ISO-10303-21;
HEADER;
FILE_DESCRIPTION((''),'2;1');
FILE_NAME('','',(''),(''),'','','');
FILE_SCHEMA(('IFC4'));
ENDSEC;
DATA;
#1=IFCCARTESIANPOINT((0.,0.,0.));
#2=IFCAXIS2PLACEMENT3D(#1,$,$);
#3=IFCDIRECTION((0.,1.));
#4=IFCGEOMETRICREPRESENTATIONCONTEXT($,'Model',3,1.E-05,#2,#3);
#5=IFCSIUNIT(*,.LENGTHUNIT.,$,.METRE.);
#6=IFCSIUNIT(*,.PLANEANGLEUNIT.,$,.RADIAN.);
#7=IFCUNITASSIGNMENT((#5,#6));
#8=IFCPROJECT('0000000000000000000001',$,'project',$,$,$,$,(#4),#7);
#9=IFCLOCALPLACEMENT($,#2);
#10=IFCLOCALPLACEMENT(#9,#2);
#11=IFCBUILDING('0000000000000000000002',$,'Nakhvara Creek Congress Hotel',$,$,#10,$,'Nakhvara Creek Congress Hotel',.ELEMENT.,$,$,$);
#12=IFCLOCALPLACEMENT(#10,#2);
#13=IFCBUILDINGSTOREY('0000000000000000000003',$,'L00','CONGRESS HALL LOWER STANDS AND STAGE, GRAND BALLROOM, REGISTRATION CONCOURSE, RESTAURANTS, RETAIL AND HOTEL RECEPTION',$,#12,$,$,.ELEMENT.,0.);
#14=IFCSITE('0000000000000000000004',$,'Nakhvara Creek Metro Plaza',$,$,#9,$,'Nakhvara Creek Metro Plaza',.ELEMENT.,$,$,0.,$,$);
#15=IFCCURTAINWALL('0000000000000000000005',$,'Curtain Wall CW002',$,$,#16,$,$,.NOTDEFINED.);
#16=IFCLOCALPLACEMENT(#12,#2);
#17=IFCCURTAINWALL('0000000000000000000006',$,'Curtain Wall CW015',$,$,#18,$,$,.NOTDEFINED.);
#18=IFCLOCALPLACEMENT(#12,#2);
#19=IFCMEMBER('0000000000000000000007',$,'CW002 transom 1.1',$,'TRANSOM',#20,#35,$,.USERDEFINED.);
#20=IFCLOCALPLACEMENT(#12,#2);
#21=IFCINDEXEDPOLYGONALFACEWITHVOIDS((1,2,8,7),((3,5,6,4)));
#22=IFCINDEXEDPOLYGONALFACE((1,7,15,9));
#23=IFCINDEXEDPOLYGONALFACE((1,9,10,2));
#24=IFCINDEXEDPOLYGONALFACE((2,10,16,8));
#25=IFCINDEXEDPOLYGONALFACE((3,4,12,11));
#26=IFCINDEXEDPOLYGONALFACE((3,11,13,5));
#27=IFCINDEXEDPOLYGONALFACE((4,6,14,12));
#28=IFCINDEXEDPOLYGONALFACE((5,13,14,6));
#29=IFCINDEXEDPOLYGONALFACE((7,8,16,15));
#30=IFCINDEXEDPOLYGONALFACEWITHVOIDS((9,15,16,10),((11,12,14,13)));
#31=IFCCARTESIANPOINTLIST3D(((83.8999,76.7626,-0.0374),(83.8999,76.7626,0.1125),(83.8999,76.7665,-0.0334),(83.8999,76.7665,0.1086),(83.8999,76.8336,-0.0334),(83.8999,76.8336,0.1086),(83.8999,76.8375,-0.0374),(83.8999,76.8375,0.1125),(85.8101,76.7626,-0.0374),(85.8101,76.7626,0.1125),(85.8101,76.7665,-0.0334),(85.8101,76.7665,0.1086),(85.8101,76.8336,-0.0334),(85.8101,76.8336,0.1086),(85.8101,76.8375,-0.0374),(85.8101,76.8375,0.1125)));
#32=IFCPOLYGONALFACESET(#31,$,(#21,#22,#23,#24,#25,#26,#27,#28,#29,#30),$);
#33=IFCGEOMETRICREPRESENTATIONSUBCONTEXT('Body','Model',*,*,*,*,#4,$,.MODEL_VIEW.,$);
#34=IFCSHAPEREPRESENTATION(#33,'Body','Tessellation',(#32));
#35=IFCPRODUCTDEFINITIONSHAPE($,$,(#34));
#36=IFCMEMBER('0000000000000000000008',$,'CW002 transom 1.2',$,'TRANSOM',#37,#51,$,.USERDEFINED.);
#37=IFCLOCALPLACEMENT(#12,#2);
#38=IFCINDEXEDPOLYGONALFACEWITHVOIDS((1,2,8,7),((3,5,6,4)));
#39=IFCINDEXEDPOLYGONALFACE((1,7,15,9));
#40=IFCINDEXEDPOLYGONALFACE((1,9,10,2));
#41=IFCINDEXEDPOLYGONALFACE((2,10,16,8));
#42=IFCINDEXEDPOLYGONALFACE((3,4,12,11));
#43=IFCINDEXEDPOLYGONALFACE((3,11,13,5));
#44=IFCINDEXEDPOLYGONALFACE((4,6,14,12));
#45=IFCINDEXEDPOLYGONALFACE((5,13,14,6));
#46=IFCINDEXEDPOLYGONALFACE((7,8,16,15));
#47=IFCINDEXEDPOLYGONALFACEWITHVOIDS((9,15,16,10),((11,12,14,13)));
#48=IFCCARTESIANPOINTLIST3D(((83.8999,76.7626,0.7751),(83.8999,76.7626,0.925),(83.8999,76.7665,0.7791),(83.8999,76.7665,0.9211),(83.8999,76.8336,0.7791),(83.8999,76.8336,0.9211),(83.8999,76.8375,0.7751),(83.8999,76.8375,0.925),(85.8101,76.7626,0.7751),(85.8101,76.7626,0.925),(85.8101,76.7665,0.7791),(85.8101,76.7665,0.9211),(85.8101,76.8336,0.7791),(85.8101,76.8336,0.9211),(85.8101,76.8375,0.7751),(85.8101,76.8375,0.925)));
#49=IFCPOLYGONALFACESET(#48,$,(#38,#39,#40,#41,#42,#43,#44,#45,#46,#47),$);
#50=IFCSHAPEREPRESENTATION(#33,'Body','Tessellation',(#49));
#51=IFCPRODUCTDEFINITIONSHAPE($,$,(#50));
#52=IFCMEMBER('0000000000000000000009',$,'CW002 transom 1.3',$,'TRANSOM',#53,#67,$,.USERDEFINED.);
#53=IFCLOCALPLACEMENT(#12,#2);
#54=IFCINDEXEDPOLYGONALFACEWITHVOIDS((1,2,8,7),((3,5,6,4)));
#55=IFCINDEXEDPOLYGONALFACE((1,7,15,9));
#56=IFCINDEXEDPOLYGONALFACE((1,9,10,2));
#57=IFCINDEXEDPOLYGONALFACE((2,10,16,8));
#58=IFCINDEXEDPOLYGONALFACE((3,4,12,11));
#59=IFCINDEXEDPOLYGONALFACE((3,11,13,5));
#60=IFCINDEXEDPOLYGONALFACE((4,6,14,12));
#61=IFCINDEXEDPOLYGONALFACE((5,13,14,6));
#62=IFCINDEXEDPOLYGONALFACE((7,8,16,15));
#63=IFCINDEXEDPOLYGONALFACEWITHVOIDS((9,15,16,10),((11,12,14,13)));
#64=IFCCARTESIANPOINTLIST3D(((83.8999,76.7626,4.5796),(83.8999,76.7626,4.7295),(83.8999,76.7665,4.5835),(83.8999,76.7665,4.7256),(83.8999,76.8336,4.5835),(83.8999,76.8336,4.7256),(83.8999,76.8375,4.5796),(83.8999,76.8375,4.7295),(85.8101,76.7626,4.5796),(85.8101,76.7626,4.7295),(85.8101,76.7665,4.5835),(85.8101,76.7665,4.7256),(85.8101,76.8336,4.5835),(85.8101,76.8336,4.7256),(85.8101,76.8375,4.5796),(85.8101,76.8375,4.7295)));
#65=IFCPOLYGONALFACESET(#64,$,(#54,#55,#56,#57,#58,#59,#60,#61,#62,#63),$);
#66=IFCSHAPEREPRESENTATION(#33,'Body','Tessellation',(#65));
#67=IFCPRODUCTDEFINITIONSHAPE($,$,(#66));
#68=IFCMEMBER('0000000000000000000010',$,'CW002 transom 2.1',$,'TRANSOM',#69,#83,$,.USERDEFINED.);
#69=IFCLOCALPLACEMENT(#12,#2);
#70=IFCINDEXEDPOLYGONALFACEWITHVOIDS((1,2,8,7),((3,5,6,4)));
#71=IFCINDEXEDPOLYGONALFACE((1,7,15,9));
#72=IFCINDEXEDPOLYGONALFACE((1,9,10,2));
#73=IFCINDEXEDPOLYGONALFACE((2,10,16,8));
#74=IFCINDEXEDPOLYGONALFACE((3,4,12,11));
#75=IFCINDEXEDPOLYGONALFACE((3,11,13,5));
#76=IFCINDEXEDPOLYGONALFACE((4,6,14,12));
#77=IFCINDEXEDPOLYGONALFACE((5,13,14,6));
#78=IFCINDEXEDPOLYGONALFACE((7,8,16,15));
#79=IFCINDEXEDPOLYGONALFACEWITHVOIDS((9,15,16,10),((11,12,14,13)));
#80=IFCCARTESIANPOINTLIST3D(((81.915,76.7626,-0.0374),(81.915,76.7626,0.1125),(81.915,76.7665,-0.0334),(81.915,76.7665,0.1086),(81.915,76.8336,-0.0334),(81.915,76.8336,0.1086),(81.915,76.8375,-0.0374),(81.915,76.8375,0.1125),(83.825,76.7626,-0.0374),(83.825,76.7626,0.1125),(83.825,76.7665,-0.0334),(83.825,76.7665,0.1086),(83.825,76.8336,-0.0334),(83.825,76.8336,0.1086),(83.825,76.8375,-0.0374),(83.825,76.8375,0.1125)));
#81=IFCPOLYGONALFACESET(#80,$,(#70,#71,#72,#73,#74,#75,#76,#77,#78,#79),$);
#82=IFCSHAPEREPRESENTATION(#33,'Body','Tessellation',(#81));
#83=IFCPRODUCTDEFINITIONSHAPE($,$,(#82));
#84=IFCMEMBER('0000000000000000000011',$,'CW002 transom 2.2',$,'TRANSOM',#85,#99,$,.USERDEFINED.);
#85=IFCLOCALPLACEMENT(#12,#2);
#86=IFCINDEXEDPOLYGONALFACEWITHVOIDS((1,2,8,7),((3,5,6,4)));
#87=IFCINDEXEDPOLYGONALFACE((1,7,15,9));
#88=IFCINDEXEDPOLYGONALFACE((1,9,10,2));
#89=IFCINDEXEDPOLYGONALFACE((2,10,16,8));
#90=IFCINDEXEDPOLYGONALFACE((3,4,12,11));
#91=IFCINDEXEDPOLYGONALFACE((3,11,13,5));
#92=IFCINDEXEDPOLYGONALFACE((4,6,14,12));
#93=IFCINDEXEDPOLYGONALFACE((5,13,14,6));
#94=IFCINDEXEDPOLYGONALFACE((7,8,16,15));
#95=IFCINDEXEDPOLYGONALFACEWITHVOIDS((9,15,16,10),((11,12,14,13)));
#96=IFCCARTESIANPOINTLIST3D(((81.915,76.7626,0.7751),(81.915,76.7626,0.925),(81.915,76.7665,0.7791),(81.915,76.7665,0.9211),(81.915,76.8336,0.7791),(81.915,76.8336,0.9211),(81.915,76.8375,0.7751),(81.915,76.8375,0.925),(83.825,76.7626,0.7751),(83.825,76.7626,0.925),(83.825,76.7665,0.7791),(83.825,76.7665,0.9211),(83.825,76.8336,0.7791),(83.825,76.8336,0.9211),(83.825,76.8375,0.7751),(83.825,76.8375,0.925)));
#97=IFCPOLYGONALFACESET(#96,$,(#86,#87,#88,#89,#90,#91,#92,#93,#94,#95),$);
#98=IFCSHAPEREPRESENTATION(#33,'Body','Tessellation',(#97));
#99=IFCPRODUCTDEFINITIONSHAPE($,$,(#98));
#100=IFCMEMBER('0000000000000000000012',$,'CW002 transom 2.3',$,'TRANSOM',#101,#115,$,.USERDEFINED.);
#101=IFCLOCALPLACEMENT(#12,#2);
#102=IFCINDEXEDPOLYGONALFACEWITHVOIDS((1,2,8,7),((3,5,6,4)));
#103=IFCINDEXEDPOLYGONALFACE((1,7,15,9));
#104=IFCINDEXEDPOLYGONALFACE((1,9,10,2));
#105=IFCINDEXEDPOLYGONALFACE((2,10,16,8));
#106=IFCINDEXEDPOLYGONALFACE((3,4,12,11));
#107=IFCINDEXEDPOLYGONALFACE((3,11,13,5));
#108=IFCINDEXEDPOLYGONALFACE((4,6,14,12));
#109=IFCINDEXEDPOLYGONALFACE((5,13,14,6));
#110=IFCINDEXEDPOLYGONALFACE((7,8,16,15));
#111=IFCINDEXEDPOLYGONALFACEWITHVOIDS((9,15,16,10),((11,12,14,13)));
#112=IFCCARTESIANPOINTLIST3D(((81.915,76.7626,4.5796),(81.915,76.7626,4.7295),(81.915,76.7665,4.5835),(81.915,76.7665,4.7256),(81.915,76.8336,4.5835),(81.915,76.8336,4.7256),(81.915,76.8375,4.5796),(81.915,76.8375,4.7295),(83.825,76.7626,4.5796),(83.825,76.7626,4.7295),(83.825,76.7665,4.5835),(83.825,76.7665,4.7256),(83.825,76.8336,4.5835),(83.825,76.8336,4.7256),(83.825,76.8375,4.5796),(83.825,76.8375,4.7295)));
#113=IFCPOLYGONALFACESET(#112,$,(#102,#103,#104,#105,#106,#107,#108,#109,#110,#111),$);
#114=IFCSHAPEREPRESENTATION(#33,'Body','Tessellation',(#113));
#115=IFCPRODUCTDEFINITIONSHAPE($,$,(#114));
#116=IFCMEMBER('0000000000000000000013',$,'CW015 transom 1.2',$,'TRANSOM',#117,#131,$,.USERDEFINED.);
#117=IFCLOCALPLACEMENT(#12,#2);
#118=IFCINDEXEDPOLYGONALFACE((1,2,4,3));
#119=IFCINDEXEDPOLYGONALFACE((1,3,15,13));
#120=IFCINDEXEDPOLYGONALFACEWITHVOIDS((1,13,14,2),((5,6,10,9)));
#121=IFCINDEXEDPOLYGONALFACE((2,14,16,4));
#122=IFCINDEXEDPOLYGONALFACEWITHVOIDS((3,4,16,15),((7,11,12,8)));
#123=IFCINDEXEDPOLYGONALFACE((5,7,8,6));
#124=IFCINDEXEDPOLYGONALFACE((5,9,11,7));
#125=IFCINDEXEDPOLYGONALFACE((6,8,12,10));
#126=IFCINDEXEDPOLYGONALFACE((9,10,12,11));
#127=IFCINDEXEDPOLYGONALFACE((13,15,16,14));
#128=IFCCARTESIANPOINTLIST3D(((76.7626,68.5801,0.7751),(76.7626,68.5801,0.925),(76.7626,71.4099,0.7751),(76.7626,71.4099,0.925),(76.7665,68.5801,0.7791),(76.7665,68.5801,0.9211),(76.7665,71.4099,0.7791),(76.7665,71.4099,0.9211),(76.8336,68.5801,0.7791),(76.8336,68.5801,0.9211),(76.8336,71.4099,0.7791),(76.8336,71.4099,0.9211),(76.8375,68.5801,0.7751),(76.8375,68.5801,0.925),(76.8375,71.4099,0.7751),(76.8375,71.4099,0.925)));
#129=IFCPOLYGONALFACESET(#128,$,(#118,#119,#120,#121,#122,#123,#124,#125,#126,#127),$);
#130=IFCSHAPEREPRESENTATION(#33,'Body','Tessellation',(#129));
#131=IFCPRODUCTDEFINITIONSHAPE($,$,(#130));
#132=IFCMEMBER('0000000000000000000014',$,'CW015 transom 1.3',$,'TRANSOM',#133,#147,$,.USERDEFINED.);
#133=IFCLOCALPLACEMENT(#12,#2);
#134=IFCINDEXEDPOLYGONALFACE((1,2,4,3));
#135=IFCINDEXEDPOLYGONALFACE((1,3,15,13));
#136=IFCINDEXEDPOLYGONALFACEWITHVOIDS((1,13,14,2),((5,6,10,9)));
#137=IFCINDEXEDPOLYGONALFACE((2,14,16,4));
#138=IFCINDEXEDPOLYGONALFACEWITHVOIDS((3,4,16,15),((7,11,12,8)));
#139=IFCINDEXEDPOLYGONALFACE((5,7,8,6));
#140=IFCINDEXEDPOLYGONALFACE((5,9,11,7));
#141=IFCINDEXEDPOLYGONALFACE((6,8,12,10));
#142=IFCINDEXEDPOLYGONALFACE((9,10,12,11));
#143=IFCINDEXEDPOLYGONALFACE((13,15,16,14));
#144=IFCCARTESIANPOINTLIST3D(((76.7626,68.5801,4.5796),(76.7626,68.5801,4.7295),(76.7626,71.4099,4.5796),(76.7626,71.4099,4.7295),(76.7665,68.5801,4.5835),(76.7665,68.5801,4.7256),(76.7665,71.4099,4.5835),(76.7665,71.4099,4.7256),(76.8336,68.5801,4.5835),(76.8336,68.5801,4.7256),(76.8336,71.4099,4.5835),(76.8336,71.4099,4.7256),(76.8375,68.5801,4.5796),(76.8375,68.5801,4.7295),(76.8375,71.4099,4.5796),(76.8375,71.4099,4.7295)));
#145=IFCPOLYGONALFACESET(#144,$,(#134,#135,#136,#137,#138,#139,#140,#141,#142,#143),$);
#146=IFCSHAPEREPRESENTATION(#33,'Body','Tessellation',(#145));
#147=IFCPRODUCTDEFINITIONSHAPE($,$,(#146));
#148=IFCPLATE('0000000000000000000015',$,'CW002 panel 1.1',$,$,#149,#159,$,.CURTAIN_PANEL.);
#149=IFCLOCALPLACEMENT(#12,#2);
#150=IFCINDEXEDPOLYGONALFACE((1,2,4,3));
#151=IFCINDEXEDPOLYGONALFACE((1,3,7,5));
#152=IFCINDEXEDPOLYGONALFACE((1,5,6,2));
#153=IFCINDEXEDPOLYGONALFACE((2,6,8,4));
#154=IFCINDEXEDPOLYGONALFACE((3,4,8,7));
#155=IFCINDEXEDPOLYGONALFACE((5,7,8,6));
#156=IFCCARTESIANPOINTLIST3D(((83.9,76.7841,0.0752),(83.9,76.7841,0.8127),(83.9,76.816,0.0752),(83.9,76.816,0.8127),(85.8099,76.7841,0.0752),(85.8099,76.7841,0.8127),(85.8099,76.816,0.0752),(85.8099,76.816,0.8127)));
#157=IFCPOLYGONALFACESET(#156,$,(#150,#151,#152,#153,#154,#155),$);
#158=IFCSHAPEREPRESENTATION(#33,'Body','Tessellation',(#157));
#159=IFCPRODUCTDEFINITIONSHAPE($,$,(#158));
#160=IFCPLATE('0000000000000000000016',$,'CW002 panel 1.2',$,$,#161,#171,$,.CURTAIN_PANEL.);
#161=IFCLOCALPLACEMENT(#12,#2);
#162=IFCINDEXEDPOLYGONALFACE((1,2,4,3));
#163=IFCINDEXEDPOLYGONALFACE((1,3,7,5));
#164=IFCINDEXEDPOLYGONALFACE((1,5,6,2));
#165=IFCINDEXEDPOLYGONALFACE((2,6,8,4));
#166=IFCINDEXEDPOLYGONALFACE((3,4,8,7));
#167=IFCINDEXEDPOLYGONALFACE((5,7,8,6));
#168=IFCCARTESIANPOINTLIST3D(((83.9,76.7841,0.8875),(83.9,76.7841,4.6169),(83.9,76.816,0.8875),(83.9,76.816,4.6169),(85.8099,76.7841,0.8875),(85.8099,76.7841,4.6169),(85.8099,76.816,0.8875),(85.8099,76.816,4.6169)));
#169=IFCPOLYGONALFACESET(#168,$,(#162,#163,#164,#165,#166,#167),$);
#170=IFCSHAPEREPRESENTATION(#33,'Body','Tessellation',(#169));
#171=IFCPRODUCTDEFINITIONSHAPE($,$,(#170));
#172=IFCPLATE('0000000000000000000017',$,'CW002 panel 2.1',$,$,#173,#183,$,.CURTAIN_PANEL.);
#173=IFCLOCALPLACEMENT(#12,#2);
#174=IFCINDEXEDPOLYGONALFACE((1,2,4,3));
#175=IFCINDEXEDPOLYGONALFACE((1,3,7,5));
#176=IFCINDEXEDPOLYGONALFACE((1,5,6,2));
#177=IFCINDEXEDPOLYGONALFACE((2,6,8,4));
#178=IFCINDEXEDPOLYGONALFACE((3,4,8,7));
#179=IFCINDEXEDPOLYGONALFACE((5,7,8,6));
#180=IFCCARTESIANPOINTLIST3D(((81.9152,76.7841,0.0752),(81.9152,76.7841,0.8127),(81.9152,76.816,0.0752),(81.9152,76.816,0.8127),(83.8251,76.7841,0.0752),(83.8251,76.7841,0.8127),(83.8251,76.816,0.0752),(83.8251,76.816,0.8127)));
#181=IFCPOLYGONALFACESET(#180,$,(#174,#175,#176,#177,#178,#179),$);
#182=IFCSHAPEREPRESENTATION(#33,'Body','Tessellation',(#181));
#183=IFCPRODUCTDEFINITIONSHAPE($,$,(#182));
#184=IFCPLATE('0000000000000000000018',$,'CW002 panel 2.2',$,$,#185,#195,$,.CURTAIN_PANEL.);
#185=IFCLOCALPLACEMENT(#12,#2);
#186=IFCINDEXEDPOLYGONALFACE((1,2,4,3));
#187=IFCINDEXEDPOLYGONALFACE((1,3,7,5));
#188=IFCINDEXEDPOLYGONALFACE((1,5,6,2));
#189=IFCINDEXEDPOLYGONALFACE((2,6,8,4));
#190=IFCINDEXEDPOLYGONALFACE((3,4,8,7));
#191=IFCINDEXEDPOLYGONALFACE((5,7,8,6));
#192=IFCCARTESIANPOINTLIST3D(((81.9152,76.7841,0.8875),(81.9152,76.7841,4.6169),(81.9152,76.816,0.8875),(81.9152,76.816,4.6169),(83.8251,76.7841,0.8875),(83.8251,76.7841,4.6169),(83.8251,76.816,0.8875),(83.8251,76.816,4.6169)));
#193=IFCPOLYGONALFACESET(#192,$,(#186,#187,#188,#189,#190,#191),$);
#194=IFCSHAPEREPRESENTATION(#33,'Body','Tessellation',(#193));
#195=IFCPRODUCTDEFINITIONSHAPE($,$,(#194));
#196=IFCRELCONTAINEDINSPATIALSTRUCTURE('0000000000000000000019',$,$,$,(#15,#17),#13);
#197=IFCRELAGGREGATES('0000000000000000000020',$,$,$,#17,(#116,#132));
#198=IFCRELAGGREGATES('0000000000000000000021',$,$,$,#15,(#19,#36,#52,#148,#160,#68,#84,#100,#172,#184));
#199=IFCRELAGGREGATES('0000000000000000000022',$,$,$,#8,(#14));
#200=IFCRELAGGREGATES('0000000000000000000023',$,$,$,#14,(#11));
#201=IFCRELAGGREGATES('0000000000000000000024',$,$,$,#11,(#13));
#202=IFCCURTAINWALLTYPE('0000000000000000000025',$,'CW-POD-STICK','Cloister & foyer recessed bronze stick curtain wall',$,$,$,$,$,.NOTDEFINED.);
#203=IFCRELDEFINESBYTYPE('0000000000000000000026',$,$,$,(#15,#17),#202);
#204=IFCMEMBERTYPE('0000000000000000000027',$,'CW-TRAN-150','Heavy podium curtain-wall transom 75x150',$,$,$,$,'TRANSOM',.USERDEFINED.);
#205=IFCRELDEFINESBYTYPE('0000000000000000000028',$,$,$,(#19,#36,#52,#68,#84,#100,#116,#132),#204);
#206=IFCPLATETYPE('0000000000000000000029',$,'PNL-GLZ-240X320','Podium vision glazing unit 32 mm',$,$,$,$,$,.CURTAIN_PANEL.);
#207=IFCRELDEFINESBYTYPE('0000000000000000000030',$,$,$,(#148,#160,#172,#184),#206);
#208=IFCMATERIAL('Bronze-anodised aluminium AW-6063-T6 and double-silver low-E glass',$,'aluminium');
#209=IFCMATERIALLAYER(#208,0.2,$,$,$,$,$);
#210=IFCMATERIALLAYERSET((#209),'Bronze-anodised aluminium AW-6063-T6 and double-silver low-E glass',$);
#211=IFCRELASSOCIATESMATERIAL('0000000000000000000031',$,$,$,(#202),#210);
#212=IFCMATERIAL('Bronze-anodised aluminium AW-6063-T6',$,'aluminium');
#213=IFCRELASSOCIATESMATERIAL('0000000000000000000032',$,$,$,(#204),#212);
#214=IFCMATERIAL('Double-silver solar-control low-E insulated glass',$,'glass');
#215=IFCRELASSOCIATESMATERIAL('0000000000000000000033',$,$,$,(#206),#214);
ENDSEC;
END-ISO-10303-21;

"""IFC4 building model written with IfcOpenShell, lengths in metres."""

from ifc_helpers import new_model, si_unit, direction, frame, origin, origin_2d, place, context, subcontext, project, spatial, rectangle, hollow_rectangle, extrude, material, layer, layer_set, material_profile, profile_set, type_object, element, aggregate, save


model = new_model("IFC4")

# Units and contexts
model_context = context("Model", 3, precision=1e-05, world=origin(), true_north=direction((0.0, 1.0)))
body_context = subcontext(model_context, "Body", "Model", "MODEL_VIEW")
ifc_project = project(units=[si_unit("LENGTHUNIT", "METRE"), si_unit("PLANEANGLEUNIT", "RADIAN")], contexts=[model_context])

# Site, building, storey
site_placement = place(None, origin())
site = spatial("IfcSite", under=ifc_project, at=site_placement, Name="Nakhvara Creek Metro Plaza", LongName="Nakhvara Creek Metro Plaza", CompositionType="ELEMENT", RefElevation=0.0)
building_placement = place(site_placement, origin())
building = spatial("IfcBuilding", under=site, at=building_placement, Name="Nakhvara Creek Congress Hotel", LongName="Nakhvara Creek Congress Hotel", CompositionType="ELEMENT")
storey_placement = place(building_placement, origin())
storey = spatial("IfcBuildingStorey", under=building, at=storey_placement, Name="L00", Description="CONGRESS HALL LOWER STANDS AND STAGE, GRAND BALLROOM, REGISTRATION CONCOURSE, RESTAURANTS, RETAIL AND HOTEL RECEPTION", CompositionType="ELEMENT", Elevation=0.0)

# Curtain wall
ifc_material_1 = material(Name="Bronze-anodised aluminium AW-6063-T6 and double-silver low-E glass", Category="aluminium")
ifc_layer = layer(ifc_material_1, 0.2)
ifc_layer_set = layer_set([ifc_layer], Name="Bronze-anodised aluminium AW-6063-T6 and double-silver low-E glass")
curtain_wall_type = type_object("IfcCurtainWallType", Name="CW-POD-STICK", Description="Cloister & foyer recessed bronze stick curtain wall", PredefinedType="NOTDEFINED", material=ifc_layer_set)
curtain_wall_1_placement = place(storey_placement, origin())
curtain_wall_1 = element("IfcCurtainWall", 1, at=curtain_wall_1_placement, inside=storey, type_object=curtain_wall_type, Name="Curtain Wall CW002", PredefinedType="NOTDEFINED")
ifc_material_2 = material(Name="Bronze-anodised aluminium AW-6063-T6", Category="aluminium")

# Curtain wall
curtain_wall_2_placement = place(storey_placement, origin())
curtain_wall_2 = element("IfcCurtainWall", 2, at=curtain_wall_2_placement, inside=storey, type_object=curtain_wall_type, Name="Curtain Wall CW015", PredefinedType="NOTDEFINED")

# Members
ifc_material_profile_1 = material_profile(ifc_material_2, hollow_rectangle(XDim=0.075, YDim=0.1499, WallThickness=0.0039, at=origin_2d()), Name="ALU-TRAN 75x150x4", Category="LoadBearing")
ifc_profile_set_1 = profile_set([ifc_material_profile_1], Name="Bronze-anodised aluminium AW-6063-T6")
member_type_1 = type_object("IfcMemberType", Name="CW-TRAN-150", Description="Heavy podium curtain-wall transom 75x150", ElementType="TRANSOM", PredefinedType="USERDEFINED", material=ifc_profile_set_1)
member_1_placement = place(storey_placement, frame((85.8101, 76.8, 0.0376), z_axis=(-1.0, 0.0, 0.0), x_axis=(0.0, -1.0, 0.0)))
member_1 = element("IfcMember", 3, at=member_1_placement, type_object=member_type_1, Name="CW002 transom 1.1", ObjectType="TRANSOM", PredefinedType="USERDEFINED", context=body_context, shape_type="SweptSolid", body=[
    extrude(hollow_rectangle(XDim=0.075, YDim=0.1499, WallThickness=0.0039, at=origin_2d()), origin(), (0.0, 0.0, 1.0), 1.9102),
])
member_2_placement = place(storey_placement, frame((85.8101, 76.8, 0.8501), z_axis=(-1.0, 0.0, 0.0), x_axis=(0.0, -1.0, 0.0)))
member_2 = element("IfcMember", 4, at=member_2_placement, type_object=member_type_1, Name="CW002 transom 1.2", ObjectType="TRANSOM", PredefinedType="USERDEFINED", context=body_context, shape_type="SweptSolid", body=[
    extrude(hollow_rectangle(XDim=0.075, YDim=0.1499, WallThickness=0.0039, at=origin_2d()), origin(), (0.0, 0.0, 1.0), 1.9102),
])
member_3_placement = place(storey_placement, frame((85.8101, 76.8, 4.6545), z_axis=(-1.0, 0.0, 0.0), x_axis=(0.0, -1.0, 0.0)))
member_3 = element("IfcMember", 5, at=member_3_placement, type_object=member_type_1, Name="CW002 transom 1.3", ObjectType="TRANSOM", PredefinedType="USERDEFINED", context=body_context, shape_type="SweptSolid", body=[
    extrude(hollow_rectangle(XDim=0.075, YDim=0.1499, WallThickness=0.0039, at=origin_2d()), origin(), (0.0, 0.0, 1.0), 1.9102),
])
member_4_placement = place(storey_placement, frame((83.825, 76.8, 0.0376), z_axis=(-1.0, 0.0, 0.0), x_axis=(0.0, -1.0, 0.0)))
member_4 = element("IfcMember", 6, at=member_4_placement, type_object=member_type_1, Name="CW002 transom 2.1", ObjectType="TRANSOM", PredefinedType="USERDEFINED", context=body_context, shape_type="SweptSolid", body=[
    extrude(hollow_rectangle(XDim=0.075, YDim=0.1499, WallThickness=0.0039, at=origin_2d()), origin(), (0.0, 0.0, 1.0), 1.9099),
])
member_5_placement = place(storey_placement, frame((83.825, 76.8, 0.8501), z_axis=(-1.0, 0.0, 0.0), x_axis=(0.0, -1.0, 0.0)))
member_5 = element("IfcMember", 7, at=member_5_placement, type_object=member_type_1, Name="CW002 transom 2.2", ObjectType="TRANSOM", PredefinedType="USERDEFINED", context=body_context, shape_type="SweptSolid", body=[
    extrude(hollow_rectangle(XDim=0.075, YDim=0.1499, WallThickness=0.0039, at=origin_2d()), origin(), (0.0, 0.0, 1.0), 1.9099),
])
member_6_placement = place(storey_placement, frame((83.825, 76.8, 4.6545), z_axis=(-1.0, 0.0, 0.0), x_axis=(0.0, -1.0, 0.0)))
member_6 = element("IfcMember", 8, at=member_6_placement, type_object=member_type_1, Name="CW002 transom 2.3", ObjectType="TRANSOM", PredefinedType="USERDEFINED", context=body_context, shape_type="SweptSolid", body=[
    extrude(hollow_rectangle(XDim=0.075, YDim=0.1499, WallThickness=0.0039, at=origin_2d()), origin(), (0.0, 0.0, 1.0), 1.9099),
])
member_7_placement = place(storey_placement, frame((76.8, 71.4099, 0.8501), z_axis=(0.0, -1.0, 0.0), x_axis=(1.0, 0.0, 0.0)))
member_7 = element("IfcMember", 9, at=member_7_placement, type_object=member_type_1, Name="CW015 transom 1.2", ObjectType="TRANSOM", PredefinedType="USERDEFINED", context=body_context, shape_type="SweptSolid", body=[
    extrude(hollow_rectangle(XDim=0.075, YDim=0.1499, WallThickness=0.0039, at=origin_2d()), origin(), (0.0, 0.0, 1.0), 2.8298),
])
member_8_placement = place(storey_placement, frame((76.8, 71.4099, 4.6545), z_axis=(0.0, -1.0, 0.0), x_axis=(1.0, 0.0, 0.0)))
member_8 = element("IfcMember", 10, at=member_8_placement, type_object=member_type_1, Name="CW015 transom 1.3", ObjectType="TRANSOM", PredefinedType="USERDEFINED", context=body_context, shape_type="SweptSolid", body=[
    extrude(hollow_rectangle(XDim=0.075, YDim=0.1499, WallThickness=0.0039, at=origin_2d()), origin(), (0.0, 0.0, 1.0), 2.8298),
])
aggregate(curtain_wall_2, [member_7, member_8])

# Plates
ifc_material_3 = material(Name="Double-silver solar-control low-E insulated glass", Category="glass")
plate_type = type_object("IfcPlateType", Name="PNL-GLZ-240X320", Description="Podium vision glazing unit 32 mm", PredefinedType="CURTAIN_PANEL", material=ifc_material_3)
plate_1_placement = place(storey_placement, frame((84.855, 76.8, 0.0752), z_axis=(0.0, 0.0, 1.0), x_axis=(-1.0, 0.0, 0.0)))
plate_1 = element("IfcPlate", 11, at=plate_1_placement, type_object=plate_type, Name="CW002 panel 1.1", PredefinedType="CURTAIN_PANEL", context=body_context, shape_type="SweptSolid", body=[
    extrude(rectangle(XDim=1.9099, YDim=0.032, at=origin_2d()), origin(), (0.0, 0.0, 1.0), 0.7375),
])
plate_2_placement = place(storey_placement, frame((84.855, 76.8, 0.8875), z_axis=(0.0, 0.0, 1.0), x_axis=(-1.0, 0.0, 0.0)))
plate_2 = element("IfcPlate", 12, at=plate_2_placement, type_object=plate_type, Name="CW002 panel 1.2", PredefinedType="CURTAIN_PANEL", context=body_context, shape_type="SweptSolid", body=[
    extrude(rectangle(XDim=1.9099, YDim=0.032, at=origin_2d()), origin(), (0.0, 0.0, 1.0), 3.7295),
])
plate_3_placement = place(storey_placement, frame((82.8701, 76.8, 0.0752), z_axis=(0.0, 0.0, 1.0), x_axis=(-1.0, 0.0, 0.0)))
plate_3 = element("IfcPlate", 13, at=plate_3_placement, type_object=plate_type, Name="CW002 panel 2.1", PredefinedType="CURTAIN_PANEL", context=body_context, shape_type="SweptSolid", body=[
    extrude(rectangle(XDim=1.9099, YDim=0.032, at=origin_2d()), origin(), (0.0, 0.0, 1.0), 0.7375),
])
plate_4_placement = place(storey_placement, frame((82.8701, 76.8, 0.8875), z_axis=(0.0, 0.0, 1.0), x_axis=(-1.0, 0.0, 0.0)))
plate_4 = element("IfcPlate", 14, at=plate_4_placement, type_object=plate_type, Name="CW002 panel 2.2", PredefinedType="CURTAIN_PANEL", context=body_context, shape_type="SweptSolid", body=[
    extrude(rectangle(XDim=1.9099, YDim=0.032, at=origin_2d()), origin(), (0.0, 0.0, 1.0), 3.7295),
])
aggregate(curtain_wall_1, [member_1, member_2, member_3, plate_1, plate_2, member_4, member_5, member_6, plate_3, plate_4])

save(model, "model.ifc")
